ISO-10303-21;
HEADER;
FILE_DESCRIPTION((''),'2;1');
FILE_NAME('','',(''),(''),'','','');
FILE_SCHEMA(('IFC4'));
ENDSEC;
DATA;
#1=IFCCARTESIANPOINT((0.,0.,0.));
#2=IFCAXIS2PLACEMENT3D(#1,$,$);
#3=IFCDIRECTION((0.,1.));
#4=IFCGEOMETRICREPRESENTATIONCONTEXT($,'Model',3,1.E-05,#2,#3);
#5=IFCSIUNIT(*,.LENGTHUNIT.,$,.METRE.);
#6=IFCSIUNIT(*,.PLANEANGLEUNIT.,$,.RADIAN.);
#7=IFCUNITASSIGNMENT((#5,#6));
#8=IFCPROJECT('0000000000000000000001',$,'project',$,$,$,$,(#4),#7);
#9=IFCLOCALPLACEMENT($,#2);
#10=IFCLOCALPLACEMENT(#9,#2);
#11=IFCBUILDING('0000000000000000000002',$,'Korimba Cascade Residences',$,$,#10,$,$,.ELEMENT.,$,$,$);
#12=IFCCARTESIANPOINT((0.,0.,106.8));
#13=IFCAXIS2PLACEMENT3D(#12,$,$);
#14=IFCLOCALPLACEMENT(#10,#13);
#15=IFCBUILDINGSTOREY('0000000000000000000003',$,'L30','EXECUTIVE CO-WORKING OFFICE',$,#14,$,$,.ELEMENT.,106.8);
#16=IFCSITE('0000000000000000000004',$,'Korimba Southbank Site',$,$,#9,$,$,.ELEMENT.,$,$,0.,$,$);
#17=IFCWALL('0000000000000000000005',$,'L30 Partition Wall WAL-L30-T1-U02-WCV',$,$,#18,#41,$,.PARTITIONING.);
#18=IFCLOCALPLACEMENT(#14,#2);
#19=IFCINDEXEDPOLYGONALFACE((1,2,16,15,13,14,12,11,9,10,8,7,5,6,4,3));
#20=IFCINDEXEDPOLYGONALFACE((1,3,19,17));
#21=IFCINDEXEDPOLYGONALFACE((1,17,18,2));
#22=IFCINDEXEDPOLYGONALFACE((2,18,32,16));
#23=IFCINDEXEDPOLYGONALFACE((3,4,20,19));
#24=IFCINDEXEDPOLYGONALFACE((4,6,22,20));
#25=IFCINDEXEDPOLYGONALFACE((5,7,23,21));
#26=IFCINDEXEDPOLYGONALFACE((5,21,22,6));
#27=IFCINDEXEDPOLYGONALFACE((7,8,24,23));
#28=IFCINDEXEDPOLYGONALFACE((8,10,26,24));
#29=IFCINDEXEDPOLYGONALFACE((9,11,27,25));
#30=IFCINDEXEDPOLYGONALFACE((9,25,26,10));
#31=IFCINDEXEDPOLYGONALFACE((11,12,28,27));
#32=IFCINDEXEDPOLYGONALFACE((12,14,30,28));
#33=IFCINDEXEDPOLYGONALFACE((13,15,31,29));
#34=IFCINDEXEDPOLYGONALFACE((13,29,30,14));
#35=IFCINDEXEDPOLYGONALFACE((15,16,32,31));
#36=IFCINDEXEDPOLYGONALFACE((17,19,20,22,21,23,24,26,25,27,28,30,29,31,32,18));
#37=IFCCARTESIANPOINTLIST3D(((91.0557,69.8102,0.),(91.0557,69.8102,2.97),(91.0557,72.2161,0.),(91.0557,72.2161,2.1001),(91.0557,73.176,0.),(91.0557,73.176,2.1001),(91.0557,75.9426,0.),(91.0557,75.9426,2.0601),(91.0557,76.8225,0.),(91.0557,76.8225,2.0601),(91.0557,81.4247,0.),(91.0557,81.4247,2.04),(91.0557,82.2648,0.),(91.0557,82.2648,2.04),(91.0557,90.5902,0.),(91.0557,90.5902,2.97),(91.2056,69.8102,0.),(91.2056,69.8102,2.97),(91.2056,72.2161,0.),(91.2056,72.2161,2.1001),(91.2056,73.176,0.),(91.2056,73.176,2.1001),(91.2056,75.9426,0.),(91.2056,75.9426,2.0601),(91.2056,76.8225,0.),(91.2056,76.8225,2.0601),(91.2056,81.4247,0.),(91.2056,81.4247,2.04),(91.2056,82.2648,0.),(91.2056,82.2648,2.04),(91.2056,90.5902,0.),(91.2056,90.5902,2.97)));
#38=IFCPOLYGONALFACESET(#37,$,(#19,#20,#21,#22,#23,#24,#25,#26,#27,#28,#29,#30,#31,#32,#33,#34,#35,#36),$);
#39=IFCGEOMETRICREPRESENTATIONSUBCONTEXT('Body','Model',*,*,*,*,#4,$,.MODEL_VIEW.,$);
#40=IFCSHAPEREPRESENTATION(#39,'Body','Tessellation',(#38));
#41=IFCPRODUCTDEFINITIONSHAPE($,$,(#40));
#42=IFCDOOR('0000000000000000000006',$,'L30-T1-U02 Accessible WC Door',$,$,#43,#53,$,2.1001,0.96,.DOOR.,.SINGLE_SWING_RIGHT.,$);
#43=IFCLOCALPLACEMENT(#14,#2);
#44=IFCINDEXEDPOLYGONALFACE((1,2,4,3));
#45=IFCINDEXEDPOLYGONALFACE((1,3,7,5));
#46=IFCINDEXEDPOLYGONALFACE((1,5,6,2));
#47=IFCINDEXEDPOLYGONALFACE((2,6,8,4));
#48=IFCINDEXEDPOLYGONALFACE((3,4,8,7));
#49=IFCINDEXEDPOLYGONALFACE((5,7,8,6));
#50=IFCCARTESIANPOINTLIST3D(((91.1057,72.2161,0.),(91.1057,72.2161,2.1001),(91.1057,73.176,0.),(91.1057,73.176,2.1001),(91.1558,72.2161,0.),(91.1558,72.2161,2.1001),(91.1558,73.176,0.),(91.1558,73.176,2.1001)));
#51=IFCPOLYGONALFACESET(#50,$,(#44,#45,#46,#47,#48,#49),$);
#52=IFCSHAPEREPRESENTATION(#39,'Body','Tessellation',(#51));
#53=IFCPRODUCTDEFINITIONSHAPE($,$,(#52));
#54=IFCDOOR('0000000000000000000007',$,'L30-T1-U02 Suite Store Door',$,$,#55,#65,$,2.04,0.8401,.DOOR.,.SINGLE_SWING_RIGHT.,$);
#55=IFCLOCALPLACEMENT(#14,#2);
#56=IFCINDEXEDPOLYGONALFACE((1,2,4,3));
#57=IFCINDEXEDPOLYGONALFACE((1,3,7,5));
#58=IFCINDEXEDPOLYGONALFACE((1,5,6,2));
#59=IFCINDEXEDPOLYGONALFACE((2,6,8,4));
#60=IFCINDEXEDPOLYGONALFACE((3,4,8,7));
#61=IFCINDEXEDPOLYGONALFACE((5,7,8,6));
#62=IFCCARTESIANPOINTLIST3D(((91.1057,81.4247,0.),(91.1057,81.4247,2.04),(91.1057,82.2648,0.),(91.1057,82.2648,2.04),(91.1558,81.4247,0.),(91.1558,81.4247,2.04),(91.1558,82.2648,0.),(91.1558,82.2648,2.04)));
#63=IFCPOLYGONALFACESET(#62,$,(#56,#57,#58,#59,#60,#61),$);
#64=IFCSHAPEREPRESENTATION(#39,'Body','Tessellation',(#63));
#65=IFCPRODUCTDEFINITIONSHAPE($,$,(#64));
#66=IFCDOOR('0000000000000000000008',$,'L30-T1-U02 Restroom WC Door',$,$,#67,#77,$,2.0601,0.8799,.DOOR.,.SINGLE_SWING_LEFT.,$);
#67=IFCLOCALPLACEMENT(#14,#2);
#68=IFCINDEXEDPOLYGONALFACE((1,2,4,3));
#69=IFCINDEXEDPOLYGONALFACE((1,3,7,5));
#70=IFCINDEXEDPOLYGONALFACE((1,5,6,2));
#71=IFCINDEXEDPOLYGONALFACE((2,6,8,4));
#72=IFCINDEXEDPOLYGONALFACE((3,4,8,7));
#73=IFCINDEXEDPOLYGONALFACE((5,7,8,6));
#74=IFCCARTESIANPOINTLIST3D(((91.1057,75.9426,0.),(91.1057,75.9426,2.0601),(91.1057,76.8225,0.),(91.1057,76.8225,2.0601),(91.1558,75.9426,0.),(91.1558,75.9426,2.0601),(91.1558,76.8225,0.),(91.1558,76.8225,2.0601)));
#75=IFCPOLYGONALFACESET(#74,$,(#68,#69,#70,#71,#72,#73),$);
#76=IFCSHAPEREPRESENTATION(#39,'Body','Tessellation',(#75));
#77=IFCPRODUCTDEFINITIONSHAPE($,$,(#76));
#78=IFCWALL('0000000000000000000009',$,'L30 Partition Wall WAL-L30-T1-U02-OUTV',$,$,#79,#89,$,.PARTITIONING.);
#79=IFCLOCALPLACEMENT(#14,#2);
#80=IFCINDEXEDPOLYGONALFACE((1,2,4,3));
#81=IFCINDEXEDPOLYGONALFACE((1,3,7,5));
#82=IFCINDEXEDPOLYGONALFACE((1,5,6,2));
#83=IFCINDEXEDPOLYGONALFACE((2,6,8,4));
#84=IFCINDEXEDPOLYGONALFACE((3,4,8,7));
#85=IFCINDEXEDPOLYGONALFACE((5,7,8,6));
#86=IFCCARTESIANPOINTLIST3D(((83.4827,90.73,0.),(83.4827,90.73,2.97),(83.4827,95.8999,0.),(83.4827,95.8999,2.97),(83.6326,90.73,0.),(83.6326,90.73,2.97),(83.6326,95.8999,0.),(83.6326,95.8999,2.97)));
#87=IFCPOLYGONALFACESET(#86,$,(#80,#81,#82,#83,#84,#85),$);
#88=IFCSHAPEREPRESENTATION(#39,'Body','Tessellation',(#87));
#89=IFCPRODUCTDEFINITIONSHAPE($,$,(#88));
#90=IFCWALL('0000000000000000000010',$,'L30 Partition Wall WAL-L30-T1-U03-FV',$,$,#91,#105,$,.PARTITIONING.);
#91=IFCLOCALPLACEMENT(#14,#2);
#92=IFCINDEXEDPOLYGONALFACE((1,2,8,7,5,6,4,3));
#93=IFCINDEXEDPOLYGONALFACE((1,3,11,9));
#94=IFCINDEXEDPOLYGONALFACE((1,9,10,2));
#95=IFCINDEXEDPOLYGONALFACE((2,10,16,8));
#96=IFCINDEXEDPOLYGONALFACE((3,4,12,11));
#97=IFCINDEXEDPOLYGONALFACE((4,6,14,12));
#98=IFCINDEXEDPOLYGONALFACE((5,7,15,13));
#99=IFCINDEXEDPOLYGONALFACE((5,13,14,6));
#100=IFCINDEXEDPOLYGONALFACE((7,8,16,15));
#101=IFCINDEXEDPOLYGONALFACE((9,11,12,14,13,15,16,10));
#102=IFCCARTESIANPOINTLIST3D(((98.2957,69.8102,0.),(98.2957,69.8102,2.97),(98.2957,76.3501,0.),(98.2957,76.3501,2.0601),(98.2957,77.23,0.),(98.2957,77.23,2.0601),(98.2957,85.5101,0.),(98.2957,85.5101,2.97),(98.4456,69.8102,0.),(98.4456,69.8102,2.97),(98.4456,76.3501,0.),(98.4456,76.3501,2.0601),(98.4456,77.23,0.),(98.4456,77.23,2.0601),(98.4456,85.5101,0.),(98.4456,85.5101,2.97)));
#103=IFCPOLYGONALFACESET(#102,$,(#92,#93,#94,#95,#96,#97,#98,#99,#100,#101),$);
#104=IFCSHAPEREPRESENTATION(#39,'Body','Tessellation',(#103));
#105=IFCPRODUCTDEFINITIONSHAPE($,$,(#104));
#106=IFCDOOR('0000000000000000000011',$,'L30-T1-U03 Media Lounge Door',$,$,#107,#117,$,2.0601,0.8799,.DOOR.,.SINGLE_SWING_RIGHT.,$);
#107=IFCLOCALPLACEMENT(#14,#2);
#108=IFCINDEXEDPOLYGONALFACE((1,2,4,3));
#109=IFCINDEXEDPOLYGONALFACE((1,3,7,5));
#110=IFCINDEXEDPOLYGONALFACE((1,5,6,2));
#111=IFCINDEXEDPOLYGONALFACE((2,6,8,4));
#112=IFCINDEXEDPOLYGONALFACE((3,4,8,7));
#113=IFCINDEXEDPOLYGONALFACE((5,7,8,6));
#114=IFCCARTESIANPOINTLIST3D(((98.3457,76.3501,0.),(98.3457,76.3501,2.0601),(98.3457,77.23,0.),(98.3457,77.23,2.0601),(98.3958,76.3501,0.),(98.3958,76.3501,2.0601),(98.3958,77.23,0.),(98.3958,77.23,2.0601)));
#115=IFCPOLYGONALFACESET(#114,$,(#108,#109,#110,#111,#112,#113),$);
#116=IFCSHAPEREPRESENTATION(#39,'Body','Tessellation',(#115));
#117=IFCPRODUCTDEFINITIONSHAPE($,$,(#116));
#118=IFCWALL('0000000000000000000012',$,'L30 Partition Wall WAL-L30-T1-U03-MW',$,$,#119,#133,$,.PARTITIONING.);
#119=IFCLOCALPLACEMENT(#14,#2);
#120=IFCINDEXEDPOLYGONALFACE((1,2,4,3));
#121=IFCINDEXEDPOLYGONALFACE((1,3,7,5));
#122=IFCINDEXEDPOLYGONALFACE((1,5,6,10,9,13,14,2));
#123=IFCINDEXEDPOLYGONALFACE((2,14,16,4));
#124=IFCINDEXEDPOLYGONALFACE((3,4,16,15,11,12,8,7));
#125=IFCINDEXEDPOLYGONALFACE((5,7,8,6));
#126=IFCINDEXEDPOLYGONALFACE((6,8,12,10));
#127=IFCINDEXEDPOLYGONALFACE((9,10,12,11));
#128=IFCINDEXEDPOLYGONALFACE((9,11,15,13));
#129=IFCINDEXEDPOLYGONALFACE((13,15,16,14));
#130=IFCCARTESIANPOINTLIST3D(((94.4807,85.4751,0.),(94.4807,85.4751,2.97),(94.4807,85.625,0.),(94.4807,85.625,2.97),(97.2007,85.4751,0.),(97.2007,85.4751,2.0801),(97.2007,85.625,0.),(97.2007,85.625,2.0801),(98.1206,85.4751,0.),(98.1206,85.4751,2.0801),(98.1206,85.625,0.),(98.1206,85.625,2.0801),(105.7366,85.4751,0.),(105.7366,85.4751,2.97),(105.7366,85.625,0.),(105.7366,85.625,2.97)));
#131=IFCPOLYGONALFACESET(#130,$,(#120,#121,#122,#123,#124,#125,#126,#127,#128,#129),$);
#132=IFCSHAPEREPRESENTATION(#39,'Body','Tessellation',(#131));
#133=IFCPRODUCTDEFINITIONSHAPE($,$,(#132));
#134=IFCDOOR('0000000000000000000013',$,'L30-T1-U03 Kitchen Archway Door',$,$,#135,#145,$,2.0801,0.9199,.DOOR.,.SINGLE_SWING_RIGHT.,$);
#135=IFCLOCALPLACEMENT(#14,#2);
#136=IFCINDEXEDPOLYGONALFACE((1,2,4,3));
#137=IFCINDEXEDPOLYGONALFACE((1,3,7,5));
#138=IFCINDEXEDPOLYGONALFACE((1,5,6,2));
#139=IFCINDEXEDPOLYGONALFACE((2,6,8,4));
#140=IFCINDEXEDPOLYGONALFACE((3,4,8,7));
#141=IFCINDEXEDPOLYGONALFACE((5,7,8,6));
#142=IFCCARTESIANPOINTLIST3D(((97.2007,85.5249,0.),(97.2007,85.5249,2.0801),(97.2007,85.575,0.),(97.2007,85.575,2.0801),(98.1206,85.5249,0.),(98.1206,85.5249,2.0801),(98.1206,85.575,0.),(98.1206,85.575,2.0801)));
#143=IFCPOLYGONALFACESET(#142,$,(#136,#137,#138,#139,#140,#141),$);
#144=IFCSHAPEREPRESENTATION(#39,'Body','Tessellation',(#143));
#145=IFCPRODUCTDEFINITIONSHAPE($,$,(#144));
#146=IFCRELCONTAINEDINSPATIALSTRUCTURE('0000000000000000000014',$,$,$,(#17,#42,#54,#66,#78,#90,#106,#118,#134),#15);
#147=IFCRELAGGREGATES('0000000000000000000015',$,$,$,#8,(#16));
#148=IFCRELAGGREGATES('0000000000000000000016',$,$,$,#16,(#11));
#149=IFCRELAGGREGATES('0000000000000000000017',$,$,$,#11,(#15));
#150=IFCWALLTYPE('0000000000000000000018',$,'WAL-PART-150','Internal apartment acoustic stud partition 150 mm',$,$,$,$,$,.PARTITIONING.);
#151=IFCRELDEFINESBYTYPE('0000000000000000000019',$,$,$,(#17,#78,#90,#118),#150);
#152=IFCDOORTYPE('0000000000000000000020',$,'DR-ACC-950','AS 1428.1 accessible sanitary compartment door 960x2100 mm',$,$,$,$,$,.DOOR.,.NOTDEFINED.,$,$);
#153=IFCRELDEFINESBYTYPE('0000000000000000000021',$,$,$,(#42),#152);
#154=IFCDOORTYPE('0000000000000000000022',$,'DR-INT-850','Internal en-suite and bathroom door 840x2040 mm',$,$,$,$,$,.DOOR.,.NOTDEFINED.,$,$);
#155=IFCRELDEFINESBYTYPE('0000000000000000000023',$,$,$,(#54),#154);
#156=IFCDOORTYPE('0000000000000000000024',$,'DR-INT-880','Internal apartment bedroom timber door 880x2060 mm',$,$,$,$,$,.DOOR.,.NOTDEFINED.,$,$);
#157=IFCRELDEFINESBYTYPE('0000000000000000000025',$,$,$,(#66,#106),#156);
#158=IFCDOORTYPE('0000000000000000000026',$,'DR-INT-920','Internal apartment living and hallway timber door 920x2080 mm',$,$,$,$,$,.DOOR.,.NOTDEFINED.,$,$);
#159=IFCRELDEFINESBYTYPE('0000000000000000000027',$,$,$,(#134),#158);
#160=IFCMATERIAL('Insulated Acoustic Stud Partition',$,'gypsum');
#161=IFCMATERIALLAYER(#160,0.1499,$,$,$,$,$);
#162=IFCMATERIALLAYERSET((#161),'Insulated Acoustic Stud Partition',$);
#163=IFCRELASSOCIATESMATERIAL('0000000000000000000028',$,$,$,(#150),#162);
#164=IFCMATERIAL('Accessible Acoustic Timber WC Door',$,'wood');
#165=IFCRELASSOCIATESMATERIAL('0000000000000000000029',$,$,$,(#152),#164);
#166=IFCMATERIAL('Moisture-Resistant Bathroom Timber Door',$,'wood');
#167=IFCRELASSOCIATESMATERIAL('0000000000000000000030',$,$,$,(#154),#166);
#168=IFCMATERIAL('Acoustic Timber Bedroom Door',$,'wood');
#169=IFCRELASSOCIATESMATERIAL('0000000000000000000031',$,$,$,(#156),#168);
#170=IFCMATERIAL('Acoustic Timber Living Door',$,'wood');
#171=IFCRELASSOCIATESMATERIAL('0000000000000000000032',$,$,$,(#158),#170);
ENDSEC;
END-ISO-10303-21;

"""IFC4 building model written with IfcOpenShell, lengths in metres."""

from ifc_helpers import new_model, si_unit, direction, frame, frame_2d, origin, place, context, subcontext, project, spatial, rectangle, extrude, material, layer, layer_set, type_object, element, fill, save


model = new_model("IFC4")

# Units and contexts
model_context = context("Model", 3, precision=1e-05, world=origin(), true_north=direction((0.0, 1.0)))
body_context = subcontext(model_context, "Body", "Model", "MODEL_VIEW")
ifc_project = project(units=[si_unit("LENGTHUNIT", "METRE"), si_unit("PLANEANGLEUNIT", "RADIAN")], contexts=[model_context])

# Site, building, storey
site_placement = place(None, origin())
site = spatial("IfcSite", under=ifc_project, at=site_placement, Name="Korimba Southbank Site", CompositionType="ELEMENT", RefElevation=0.0)
building_placement = place(site_placement, origin())
building = spatial("IfcBuilding", under=site, at=building_placement, Name="Korimba Cascade Residences", CompositionType="ELEMENT")
storey_placement = place(building_placement, frame((0.0, 0.0, 106.8)))
storey = spatial("IfcBuildingStorey", under=building, at=storey_placement, Name="L30", Description="EXECUTIVE CO-WORKING OFFICE", CompositionType="ELEMENT", Elevation=106.8)

# Shared definitions
ifc_material_1 = material(Name="Insulated Acoustic Stud Partition", Category="gypsum")
ifc_layer_1 = layer(ifc_material_1, 0.1499)
ifc_layer_set_1 = layer_set([ifc_layer_1], Name="Insulated Acoustic Stud Partition")
wall_type_1 = type_object("IfcWallType", Name="WAL-PART-150", Description="Internal apartment acoustic stud partition 150 mm", PredefinedType="PARTITIONING", material=ifc_layer_set_1)

# Wall, openings, doors
wall_1_placement = place(storey_placement, frame((91.1306, 69.8101, 0.0), z_axis=(0.0, 0.0, 1.0), x_axis=(0.0, 1.0, 0.0)))
wall_1 = element("IfcWall", 1, at=wall_1_placement, inside=storey, type_object=wall_type_1, Name="L30 Partition Wall WAL-L30-T1-U02-WCV", PredefinedType="PARTITIONING", context=body_context, shape_type="SweptSolid", body=[
    extrude(rectangle(XDim=20.78, YDim=0.1499, at=frame_2d((10.3901, 0.0))), origin(), (0.0, 0.0, 1.0), 2.97),
])
opening_1_placement = place(wall_1_placement, frame((2.406, 0.0, 0.0)))
opening_1 = element("IfcOpeningElement", 2, at=opening_1_placement, cuts=wall_1, PredefinedType="OPENING", context=body_context, shape_type="SweptSolid", body=[
    extrude(rectangle(XDim=0.96, YDim=2.1001, at=frame_2d((0.48, 1.05))), frame((0.0, 0.085, 0.0), z_axis=(0.0, -1.0, 0.0), x_axis=(1.0, 0.0, 0.0)), (0.0, 0.0, 1.0), 0.1699),
])
opening_2_placement = place(wall_1_placement, frame((6.1326, 0.0, 0.0)))
opening_2 = element("IfcOpeningElement", 3, at=opening_2_placement, cuts=wall_1, PredefinedType="OPENING", context=body_context, shape_type="SweptSolid", body=[
    extrude(rectangle(XDim=0.8799, YDim=2.0601, at=frame_2d((0.4399, 1.03))), frame((0.0, 0.085, 0.0), z_axis=(0.0, -1.0, 0.0), x_axis=(1.0, 0.0, 0.0)), (0.0, 0.0, 1.0), 0.1699),
])
opening_3_placement = place(wall_1_placement, frame((11.6147, 0.0, 0.0)))
opening_3 = element("IfcOpeningElement", 4, at=opening_3_placement, cuts=wall_1, PredefinedType="OPENING", context=body_context, shape_type="SweptSolid", body=[
    extrude(rectangle(XDim=0.8401, YDim=2.04, at=frame_2d((0.4199, 1.02))), frame((0.0, 0.085, 0.0), z_axis=(0.0, -1.0, 0.0), x_axis=(1.0, 0.0, 0.0)), (0.0, 0.0, 1.0), 0.1699),
])
ifc_material_2 = material(Name="Accessible Acoustic Timber WC Door", Category="wood")
door_type_1 = type_object("IfcDoorType", Name="DR-ACC-950", Description="AS 1428.1 accessible sanitary compartment door 960x2100 mm", OperationType="NOTDEFINED", PredefinedType="DOOR", material=ifc_material_2)
door_1_placement = place(opening_1_placement, origin())
door_1 = element("IfcDoor", 5, at=door_1_placement, inside=storey, type_object=door_type_1, Name="L30-T1-U02 Accessible WC Door", OperationType="SINGLE_SWING_RIGHT", OverallHeight=2.1001, OverallWidth=0.96, PredefinedType="DOOR", context=body_context, shape_type="SweptSolid", body=[
    extrude(rectangle(XDim=0.96, YDim=2.1001, at=frame_2d((0.48, 1.05))), frame((0.0, 0.0249, 0.0), z_axis=(0.0, -1.0, 0.0), x_axis=(1.0, 0.0, 0.0)), (0.0, 0.0, 1.0), 0.05),
])
fill(opening_1, door_1)
ifc_material_3 = material(Name="Moisture-Resistant Bathroom Timber Door", Category="wood")
door_type_2 = type_object("IfcDoorType", Name="DR-INT-850", Description="Internal en-suite and bathroom door 840x2040 mm", OperationType="NOTDEFINED", PredefinedType="DOOR", material=ifc_material_3)
door_2_placement = place(opening_3_placement, origin())
door_2 = element("IfcDoor", 6, at=door_2_placement, inside=storey, type_object=door_type_2, Name="L30-T1-U02 Suite Store Door", OperationType="SINGLE_SWING_RIGHT", OverallHeight=2.04, OverallWidth=0.8401, PredefinedType="DOOR", context=body_context, shape_type="SweptSolid", body=[
    extrude(rectangle(XDim=0.8401, YDim=2.04, at=frame_2d((0.4199, 1.02))), frame((0.0, 0.0249, 0.0), z_axis=(0.0, -1.0, 0.0), x_axis=(1.0, 0.0, 0.0)), (0.0, 0.0, 1.0), 0.05),
])
fill(opening_3, door_2)
ifc_material_4 = material(Name="Acoustic Timber Bedroom Door", Category="wood")
door_type_3 = type_object("IfcDoorType", Name="DR-INT-880", Description="Internal apartment bedroom timber door 880x2060 mm", OperationType="NOTDEFINED", PredefinedType="DOOR", material=ifc_material_4)
door_3_placement = place(opening_2_placement, origin())
door_3 = element("IfcDoor", 7, at=door_3_placement, inside=storey, type_object=door_type_3, Name="L30-T1-U02 Restroom WC Door", OperationType="SINGLE_SWING_LEFT", OverallHeight=2.0601, OverallWidth=0.8799, PredefinedType="DOOR", context=body_context, shape_type="SweptSolid", body=[
    extrude(rectangle(XDim=0.8799, YDim=2.0601, at=frame_2d((0.4399, 1.03))), frame((0.0, 0.0249, 0.0), z_axis=(0.0, -1.0, 0.0), x_axis=(1.0, 0.0, 0.0)), (0.0, 0.0, 1.0), 0.05),
])
fill(opening_2, door_3)

# Wall
wall_2_placement = place(storey_placement, frame((83.5576, 90.73, 0.0), z_axis=(0.0, 0.0, 1.0), x_axis=(0.0, 1.0, 0.0)))
element("IfcWall", 8, at=wall_2_placement, inside=storey, type_object=wall_type_1, Name="L30 Partition Wall WAL-L30-T1-U02-OUTV", PredefinedType="PARTITIONING", context=body_context, shape_type="SweptSolid", body=[
    extrude(rectangle(XDim=5.1699, YDim=0.1499, at=frame_2d((2.585, 0.0))), origin(), (0.0, 0.0, 1.0), 2.97),
])

# Walls, openings, doors
wall_3_placement = place(storey_placement, frame((98.3706, 69.8101, 0.0), z_axis=(0.0, 0.0, 1.0), x_axis=(0.0, 1.0, 0.0)))
wall_3 = element("IfcWall", 9, at=wall_3_placement, inside=storey, type_object=wall_type_1, Name="L30 Partition Wall WAL-L30-T1-U03-FV", PredefinedType="PARTITIONING", context=body_context, shape_type="SweptSolid", body=[
    extrude(rectangle(XDim=15.7, YDim=0.1499, at=frame_2d((7.8501, 0.0))), origin(), (0.0, 0.0, 1.0), 2.97),
])
opening_4_placement = place(wall_3_placement, frame((6.54, 0.0, 0.0)))
opening_4 = element("IfcOpeningElement", 10, at=opening_4_placement, cuts=wall_3, PredefinedType="OPENING", context=body_context, shape_type="SweptSolid", body=[
    extrude(rectangle(XDim=0.8799, YDim=2.0601, at=frame_2d((0.4399, 1.03))), frame((0.0, 0.085, 0.0), z_axis=(0.0, -1.0, 0.0), x_axis=(1.0, 0.0, 0.0)), (0.0, 0.0, 1.0), 0.1699),
])
door_4_placement = place(opening_4_placement, origin())
door_4 = element("IfcDoor", 11, at=door_4_placement, inside=storey, type_object=door_type_3, Name="L30-T1-U03 Media Lounge Door", OperationType="SINGLE_SWING_RIGHT", OverallHeight=2.0601, OverallWidth=0.8799, PredefinedType="DOOR", context=body_context, shape_type="SweptSolid", body=[
    extrude(rectangle(XDim=0.8799, YDim=2.0601, at=frame_2d((0.4399, 1.03))), frame((0.0, 0.0249, 0.0), z_axis=(0.0, -1.0, 0.0), x_axis=(1.0, 0.0, 0.0)), (0.0, 0.0, 1.0), 0.05),
])
fill(opening_4, door_4)
wall_4_placement = place(storey_placement, frame((94.4807, 85.55, 0.0), z_axis=(0.0, 0.0, 1.0), x_axis=(1.0, 0.0, 0.0)))
wall_4 = element("IfcWall", 12, at=wall_4_placement, inside=storey, type_object=wall_type_1, Name="L30 Partition Wall WAL-L30-T1-U03-MW", PredefinedType="PARTITIONING", context=body_context, shape_type="SweptSolid", body=[
    extrude(rectangle(XDim=11.2559, YDim=0.1499, at=frame_2d((5.6279, 0.0))), origin(), (0.0, 0.0, 1.0), 2.97),
])
opening_5_placement = place(wall_4_placement, frame((2.72, 0.0, 0.0)))
opening_5 = element("IfcOpeningElement", 13, at=opening_5_placement, cuts=wall_4, PredefinedType="OPENING", context=body_context, shape_type="SweptSolid", body=[
    extrude(rectangle(XDim=0.9199, YDim=2.0801, at=frame_2d((0.46, 1.04))), frame((0.0, 0.085, 0.0), z_axis=(0.0, -1.0, 0.0), x_axis=(1.0, 0.0, 0.0)), (0.0, 0.0, 1.0), 0.1699),
])
ifc_material_5 = material(Name="Acoustic Timber Living Door", Category="wood")
door_type_4 = type_object("IfcDoorType", Name="DR-INT-920", Description="Internal apartment living and hallway timber door 920x2080 mm", OperationType="NOTDEFINED", PredefinedType="DOOR", material=ifc_material_5)
door_5_placement = place(opening_5_placement, origin())
door_5 = element("IfcDoor", 14, at=door_5_placement, inside=storey, type_object=door_type_4, Name="L30-T1-U03 Kitchen Archway Door", OperationType="SINGLE_SWING_RIGHT", OverallHeight=2.0801, OverallWidth=0.9199, PredefinedType="DOOR", context=body_context, shape_type="SweptSolid", body=[
    extrude(rectangle(XDim=0.9199, YDim=2.0801, at=frame_2d((0.46, 1.04))), frame((0.0, 0.0249, 0.0), z_axis=(0.0, -1.0, 0.0), x_axis=(1.0, 0.0, 0.0)), (0.0, 0.0, 1.0), 0.05),
])
fill(opening_5, door_5)

save(model, "model.ifc")
